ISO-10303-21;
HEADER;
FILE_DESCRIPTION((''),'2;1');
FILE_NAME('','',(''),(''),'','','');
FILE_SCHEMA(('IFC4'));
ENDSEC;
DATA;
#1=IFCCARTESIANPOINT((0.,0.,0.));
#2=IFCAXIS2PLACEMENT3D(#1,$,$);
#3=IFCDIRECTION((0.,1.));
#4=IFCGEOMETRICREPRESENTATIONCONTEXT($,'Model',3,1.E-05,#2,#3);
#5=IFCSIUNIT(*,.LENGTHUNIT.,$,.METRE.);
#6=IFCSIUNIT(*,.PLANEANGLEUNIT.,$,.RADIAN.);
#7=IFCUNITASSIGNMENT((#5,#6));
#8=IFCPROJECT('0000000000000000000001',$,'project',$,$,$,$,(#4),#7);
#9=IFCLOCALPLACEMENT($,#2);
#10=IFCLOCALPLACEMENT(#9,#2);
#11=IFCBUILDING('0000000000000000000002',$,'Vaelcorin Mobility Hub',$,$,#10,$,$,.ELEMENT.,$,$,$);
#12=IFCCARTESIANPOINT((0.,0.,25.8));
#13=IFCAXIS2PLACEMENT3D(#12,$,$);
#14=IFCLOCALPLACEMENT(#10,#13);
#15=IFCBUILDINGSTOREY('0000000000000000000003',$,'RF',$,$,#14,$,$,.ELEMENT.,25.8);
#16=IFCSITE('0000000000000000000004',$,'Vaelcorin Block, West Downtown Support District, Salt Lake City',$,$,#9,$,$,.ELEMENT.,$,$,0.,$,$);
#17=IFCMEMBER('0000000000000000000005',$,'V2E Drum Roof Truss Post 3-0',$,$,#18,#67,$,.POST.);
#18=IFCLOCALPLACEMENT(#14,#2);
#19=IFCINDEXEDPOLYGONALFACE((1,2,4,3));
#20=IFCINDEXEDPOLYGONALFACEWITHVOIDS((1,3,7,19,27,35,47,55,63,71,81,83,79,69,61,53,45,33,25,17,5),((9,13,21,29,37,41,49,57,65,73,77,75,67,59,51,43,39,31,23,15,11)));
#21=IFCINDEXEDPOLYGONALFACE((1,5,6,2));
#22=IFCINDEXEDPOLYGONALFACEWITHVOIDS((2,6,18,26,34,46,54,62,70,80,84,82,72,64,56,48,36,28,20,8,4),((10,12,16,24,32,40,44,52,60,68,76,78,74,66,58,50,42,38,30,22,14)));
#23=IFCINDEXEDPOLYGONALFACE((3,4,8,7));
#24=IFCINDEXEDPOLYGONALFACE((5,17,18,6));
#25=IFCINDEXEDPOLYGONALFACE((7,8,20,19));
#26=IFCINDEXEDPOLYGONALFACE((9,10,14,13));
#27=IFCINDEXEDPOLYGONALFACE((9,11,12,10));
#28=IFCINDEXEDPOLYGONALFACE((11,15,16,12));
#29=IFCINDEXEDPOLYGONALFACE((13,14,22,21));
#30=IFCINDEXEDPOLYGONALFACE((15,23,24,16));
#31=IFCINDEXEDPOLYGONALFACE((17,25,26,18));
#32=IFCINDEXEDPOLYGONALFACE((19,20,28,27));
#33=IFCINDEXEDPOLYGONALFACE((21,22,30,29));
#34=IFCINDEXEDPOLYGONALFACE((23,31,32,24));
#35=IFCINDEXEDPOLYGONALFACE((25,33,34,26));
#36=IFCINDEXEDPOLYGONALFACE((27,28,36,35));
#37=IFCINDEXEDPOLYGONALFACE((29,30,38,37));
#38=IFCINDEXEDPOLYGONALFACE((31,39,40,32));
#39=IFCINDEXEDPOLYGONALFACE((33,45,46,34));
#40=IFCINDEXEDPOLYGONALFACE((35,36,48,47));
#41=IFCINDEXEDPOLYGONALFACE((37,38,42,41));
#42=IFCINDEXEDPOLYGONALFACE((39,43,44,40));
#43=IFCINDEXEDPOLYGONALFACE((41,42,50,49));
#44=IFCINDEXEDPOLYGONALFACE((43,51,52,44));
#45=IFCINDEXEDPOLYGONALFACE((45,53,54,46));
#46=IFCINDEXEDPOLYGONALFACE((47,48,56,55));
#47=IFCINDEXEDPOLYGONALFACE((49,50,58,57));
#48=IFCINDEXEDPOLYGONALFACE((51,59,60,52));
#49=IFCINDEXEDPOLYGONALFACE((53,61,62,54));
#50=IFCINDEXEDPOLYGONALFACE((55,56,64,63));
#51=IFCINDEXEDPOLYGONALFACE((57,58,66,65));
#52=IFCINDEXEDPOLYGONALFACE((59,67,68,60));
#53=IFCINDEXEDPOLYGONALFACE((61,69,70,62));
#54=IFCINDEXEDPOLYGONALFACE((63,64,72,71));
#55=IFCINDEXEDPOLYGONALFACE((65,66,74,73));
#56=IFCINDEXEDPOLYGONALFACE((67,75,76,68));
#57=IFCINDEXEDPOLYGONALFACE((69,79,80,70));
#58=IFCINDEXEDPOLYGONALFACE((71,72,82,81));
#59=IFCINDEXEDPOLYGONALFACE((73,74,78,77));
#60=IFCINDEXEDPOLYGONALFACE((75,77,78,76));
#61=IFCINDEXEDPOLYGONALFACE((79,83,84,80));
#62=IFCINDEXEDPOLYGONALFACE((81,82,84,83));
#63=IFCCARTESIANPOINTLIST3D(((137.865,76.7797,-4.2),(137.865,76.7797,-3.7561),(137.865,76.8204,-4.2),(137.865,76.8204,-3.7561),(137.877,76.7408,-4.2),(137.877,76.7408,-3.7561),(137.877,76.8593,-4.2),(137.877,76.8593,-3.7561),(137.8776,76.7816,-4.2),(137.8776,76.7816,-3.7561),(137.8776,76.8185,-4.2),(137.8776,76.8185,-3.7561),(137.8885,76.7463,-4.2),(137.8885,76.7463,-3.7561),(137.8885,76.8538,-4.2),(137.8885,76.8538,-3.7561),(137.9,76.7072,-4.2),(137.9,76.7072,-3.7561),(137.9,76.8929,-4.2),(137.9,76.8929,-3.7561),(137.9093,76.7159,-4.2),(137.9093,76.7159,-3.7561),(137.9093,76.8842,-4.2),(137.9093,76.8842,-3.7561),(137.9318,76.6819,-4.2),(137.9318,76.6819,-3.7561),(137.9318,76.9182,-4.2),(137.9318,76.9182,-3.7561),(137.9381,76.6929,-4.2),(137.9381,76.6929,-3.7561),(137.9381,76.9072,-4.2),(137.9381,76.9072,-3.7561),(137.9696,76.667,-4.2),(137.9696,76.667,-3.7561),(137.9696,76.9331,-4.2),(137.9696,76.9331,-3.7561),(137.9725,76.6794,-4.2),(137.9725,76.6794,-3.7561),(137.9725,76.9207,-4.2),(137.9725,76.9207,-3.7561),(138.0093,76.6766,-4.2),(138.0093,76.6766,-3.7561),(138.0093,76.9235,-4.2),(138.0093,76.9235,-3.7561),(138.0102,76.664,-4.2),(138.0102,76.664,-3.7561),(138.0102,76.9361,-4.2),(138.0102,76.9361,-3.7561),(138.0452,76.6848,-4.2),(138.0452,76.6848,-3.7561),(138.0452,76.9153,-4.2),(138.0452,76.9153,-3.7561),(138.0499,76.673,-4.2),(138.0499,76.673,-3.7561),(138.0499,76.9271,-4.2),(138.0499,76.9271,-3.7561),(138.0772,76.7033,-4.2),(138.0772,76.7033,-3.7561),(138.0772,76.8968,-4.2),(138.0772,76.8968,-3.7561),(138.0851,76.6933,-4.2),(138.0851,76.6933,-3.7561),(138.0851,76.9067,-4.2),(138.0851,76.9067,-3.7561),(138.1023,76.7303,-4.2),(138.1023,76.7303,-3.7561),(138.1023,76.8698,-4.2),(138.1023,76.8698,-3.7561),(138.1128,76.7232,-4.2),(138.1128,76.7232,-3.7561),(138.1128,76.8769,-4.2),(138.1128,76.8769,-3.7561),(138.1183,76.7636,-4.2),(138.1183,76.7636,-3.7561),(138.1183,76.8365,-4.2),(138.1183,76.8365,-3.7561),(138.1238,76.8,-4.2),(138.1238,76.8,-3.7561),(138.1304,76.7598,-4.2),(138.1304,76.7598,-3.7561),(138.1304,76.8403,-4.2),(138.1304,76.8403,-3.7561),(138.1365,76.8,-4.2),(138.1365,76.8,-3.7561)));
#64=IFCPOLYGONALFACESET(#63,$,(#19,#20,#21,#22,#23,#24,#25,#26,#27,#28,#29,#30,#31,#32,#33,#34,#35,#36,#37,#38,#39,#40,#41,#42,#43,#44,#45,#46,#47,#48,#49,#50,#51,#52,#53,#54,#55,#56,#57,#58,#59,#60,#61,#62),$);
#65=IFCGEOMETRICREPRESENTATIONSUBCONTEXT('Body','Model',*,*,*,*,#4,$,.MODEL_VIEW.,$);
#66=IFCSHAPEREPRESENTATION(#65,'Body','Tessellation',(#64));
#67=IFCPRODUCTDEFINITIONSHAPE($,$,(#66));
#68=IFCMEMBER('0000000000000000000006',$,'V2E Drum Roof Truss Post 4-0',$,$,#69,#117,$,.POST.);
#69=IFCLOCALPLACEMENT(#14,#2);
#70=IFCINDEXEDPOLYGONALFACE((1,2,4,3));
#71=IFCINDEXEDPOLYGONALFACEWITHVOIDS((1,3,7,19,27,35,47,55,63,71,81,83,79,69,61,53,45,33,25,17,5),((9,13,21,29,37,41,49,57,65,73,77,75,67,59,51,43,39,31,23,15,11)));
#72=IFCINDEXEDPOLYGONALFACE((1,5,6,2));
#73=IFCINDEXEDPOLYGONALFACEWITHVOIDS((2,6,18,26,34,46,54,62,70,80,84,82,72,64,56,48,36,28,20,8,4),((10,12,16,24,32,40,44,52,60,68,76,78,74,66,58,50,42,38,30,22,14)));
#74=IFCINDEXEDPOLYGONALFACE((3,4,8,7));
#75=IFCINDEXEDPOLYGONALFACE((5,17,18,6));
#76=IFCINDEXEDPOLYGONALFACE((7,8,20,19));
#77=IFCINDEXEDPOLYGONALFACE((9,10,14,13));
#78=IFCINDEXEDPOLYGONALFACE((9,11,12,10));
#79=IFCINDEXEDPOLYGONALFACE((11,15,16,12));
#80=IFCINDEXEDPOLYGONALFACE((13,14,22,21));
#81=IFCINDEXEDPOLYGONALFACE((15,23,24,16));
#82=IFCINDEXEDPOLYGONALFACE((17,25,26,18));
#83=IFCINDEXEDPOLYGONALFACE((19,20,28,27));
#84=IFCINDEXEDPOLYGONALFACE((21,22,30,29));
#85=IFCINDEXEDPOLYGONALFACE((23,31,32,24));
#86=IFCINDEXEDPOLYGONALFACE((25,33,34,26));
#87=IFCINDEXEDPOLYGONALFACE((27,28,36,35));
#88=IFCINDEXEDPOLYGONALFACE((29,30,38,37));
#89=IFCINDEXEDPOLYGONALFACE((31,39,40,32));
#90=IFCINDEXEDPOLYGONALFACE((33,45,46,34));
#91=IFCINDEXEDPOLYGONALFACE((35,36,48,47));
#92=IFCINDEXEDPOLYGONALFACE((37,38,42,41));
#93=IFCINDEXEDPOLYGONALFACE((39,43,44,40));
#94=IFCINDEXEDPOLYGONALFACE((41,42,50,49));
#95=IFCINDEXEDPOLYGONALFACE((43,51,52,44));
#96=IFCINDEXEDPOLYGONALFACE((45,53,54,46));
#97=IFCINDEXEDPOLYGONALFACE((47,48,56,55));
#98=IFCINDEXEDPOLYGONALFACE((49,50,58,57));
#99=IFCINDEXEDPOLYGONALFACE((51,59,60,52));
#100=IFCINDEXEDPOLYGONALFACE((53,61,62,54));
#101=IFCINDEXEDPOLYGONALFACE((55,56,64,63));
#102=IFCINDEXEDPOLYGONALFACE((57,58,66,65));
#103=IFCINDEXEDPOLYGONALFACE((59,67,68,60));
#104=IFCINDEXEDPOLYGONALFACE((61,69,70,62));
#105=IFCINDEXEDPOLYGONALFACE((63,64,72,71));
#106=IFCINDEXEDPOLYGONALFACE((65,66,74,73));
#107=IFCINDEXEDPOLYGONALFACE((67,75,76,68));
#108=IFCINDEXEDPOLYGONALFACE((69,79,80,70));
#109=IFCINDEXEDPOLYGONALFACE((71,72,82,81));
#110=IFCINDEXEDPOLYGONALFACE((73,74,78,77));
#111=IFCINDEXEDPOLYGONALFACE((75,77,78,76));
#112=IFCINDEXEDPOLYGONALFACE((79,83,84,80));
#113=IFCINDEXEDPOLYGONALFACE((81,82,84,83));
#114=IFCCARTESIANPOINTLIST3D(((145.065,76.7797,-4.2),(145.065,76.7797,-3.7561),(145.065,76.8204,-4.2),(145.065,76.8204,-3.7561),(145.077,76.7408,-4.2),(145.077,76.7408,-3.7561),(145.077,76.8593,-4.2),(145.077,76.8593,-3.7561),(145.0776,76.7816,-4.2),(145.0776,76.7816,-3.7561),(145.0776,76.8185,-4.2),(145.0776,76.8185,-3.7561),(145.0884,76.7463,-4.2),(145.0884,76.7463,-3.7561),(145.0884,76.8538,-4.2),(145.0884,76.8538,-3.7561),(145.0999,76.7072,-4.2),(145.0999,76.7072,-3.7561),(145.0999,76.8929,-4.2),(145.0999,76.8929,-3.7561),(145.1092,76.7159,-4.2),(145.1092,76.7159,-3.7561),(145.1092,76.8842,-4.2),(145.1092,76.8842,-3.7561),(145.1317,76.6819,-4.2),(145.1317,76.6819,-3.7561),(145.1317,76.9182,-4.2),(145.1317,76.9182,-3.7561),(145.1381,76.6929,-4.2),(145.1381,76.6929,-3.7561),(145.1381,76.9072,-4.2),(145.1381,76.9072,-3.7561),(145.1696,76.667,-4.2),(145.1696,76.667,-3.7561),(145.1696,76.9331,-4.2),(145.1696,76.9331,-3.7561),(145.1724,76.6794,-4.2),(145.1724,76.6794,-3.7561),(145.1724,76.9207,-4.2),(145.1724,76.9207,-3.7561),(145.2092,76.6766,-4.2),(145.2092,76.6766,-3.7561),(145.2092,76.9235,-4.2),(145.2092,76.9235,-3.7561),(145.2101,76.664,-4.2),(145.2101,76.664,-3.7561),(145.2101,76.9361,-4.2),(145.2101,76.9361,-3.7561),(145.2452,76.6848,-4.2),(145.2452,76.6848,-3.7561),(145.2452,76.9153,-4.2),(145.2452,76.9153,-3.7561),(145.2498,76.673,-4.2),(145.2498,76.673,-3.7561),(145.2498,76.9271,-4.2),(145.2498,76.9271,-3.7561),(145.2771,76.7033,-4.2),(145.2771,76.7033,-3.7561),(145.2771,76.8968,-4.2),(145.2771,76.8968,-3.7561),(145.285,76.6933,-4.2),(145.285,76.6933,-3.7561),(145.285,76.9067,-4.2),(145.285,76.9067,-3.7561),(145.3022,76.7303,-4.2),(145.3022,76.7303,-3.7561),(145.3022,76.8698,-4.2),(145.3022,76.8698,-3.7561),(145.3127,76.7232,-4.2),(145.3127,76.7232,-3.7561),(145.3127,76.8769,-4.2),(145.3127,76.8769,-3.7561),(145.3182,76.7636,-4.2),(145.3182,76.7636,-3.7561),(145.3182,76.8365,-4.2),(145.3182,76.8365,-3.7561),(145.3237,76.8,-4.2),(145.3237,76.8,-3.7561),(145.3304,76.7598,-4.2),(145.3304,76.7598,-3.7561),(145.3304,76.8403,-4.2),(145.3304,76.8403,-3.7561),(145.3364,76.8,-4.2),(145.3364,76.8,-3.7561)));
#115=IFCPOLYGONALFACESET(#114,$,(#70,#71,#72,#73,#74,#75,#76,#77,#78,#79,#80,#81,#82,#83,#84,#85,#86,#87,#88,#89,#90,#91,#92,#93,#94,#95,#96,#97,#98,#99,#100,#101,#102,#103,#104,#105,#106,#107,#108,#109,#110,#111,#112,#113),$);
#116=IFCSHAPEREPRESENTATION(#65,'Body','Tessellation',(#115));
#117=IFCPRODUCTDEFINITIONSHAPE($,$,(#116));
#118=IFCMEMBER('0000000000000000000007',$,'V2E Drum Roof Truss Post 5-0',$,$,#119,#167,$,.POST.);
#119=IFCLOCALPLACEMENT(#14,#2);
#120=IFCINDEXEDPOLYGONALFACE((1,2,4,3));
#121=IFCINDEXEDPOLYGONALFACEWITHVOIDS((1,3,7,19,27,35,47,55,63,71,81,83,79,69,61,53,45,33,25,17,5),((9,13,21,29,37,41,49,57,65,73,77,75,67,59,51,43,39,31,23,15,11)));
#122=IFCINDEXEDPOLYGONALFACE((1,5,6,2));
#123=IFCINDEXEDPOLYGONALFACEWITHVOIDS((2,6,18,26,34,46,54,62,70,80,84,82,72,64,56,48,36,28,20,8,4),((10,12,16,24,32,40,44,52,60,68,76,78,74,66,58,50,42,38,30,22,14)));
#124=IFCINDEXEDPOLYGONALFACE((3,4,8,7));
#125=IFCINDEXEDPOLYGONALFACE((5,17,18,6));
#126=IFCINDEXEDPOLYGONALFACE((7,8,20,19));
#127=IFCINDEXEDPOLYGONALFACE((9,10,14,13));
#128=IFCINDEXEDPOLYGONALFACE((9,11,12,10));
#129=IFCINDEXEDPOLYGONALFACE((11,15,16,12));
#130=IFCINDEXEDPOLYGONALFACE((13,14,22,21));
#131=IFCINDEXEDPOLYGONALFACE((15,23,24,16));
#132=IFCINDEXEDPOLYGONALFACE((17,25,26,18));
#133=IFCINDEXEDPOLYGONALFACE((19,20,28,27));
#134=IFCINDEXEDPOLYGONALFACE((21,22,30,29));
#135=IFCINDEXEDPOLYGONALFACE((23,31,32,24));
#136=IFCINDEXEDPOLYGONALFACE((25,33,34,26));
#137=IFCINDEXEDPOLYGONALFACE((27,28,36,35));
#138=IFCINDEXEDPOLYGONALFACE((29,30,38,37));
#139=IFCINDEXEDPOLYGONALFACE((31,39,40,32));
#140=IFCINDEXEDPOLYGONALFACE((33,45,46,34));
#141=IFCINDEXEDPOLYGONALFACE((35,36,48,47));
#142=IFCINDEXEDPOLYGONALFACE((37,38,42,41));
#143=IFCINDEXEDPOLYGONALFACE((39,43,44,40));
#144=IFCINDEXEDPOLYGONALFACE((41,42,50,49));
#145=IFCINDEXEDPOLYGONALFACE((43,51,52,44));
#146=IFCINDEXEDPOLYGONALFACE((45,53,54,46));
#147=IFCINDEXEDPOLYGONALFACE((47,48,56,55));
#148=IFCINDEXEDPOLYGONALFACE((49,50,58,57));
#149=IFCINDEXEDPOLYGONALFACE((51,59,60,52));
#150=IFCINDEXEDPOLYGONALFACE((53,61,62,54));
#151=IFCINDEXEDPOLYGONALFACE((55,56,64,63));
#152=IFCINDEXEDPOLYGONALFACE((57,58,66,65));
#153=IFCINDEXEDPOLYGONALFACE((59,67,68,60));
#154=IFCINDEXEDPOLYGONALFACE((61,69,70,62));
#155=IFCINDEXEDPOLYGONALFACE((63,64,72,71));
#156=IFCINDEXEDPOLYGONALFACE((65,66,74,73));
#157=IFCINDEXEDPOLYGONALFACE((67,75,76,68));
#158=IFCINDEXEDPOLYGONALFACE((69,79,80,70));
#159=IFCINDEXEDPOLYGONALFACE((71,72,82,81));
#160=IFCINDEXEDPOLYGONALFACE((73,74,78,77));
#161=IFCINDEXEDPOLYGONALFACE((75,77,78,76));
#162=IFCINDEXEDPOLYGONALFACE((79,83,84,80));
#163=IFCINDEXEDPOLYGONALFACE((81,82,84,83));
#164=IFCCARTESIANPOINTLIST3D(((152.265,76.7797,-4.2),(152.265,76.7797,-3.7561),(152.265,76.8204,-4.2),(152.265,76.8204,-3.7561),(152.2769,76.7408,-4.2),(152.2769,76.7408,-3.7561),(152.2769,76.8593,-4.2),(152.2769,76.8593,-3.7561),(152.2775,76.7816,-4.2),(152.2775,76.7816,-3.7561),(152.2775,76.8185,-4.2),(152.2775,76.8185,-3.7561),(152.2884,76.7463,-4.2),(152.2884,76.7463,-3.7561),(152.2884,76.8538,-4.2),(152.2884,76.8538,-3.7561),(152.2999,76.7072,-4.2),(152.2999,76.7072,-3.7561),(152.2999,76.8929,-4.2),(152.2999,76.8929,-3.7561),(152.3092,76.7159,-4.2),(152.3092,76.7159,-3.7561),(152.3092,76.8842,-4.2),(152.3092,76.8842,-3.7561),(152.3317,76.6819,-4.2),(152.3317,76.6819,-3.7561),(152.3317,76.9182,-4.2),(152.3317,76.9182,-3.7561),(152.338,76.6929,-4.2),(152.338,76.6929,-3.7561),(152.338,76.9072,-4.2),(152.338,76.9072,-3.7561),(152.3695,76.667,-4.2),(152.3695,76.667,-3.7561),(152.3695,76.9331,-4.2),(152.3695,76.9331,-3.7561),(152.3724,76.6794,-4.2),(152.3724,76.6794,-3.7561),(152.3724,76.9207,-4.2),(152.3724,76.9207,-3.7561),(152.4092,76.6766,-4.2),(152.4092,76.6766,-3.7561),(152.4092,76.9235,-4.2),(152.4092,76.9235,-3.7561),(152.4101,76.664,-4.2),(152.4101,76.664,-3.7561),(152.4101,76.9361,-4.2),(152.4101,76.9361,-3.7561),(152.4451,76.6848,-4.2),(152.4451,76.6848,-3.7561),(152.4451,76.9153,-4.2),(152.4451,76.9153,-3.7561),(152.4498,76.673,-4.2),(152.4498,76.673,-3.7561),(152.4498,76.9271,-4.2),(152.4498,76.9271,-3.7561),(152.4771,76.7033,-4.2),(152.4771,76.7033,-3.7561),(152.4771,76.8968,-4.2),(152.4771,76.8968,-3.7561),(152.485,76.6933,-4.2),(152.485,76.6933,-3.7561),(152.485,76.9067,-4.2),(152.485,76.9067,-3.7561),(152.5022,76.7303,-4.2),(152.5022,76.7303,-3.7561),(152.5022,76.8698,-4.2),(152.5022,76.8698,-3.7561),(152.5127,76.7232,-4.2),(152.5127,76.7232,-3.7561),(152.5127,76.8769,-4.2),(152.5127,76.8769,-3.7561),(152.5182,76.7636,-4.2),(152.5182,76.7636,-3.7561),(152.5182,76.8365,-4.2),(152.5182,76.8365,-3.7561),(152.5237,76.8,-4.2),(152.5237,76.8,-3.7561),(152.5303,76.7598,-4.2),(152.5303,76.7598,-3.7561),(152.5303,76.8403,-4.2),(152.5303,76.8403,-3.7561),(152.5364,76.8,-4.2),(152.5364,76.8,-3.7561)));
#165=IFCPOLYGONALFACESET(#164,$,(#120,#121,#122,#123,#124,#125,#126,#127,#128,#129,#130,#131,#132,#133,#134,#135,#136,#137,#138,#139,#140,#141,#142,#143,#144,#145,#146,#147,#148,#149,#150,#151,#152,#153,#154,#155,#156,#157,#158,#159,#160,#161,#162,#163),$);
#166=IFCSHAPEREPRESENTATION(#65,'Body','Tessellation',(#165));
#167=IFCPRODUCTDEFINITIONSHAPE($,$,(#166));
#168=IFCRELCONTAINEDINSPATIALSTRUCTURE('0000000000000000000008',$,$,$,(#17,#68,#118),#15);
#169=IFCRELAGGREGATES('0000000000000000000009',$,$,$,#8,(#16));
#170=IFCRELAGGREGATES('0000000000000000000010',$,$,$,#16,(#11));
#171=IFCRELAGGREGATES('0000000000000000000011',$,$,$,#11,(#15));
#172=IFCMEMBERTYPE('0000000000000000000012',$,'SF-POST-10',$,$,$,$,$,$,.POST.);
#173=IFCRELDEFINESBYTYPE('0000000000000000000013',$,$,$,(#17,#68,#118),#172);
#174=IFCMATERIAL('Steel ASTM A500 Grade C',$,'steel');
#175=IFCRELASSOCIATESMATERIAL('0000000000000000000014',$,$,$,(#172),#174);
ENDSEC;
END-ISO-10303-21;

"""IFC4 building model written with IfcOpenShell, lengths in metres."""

from ifc_helpers import new_model, si_unit, direction, frame, origin, origin_2d, place, context, subcontext, project, spatial, hollow_circle, extrude, material, material_profile, profile_set, type_object, element, save


model = new_model("IFC4")

# Units and contexts
model_context = context("Model", 3, precision=1e-05, world=origin(), true_north=direction((0.0, 1.0)))
body_context = subcontext(model_context, "Body", "Model", "MODEL_VIEW")
ifc_project = project(units=[si_unit("LENGTHUNIT", "METRE"), si_unit("PLANEANGLEUNIT", "RADIAN")], contexts=[model_context])

# Site, building, storey
site_placement = place(None, origin())
site = spatial("IfcSite", under=ifc_project, at=site_placement, Name="Vaelcorin Block, West Downtown Support District, Salt Lake City", CompositionType="ELEMENT", RefElevation=0.0)
building_placement = place(site_placement, origin())
building = spatial("IfcBuilding", under=site, at=building_placement, Name="Vaelcorin Mobility Hub", CompositionType="ELEMENT")
storey_placement = place(building_placement, frame((0.0, 0.0, 25.8)))
storey = spatial("IfcBuildingStorey", under=building, at=storey_placement, Name="RF", CompositionType="ELEMENT", Elevation=25.8)

# Members
ifc_material_1 = material(Name="Steel ASTM A500 Grade C", Category="steel")
ifc_material_profile_1 = material_profile(ifc_material_1, hollow_circle(Radius=0.1365, WallThickness=0.0127, at=origin_2d()), Name="HSS10.750X0.500")
ifc_profile_set_1 = profile_set([ifc_material_profile_1], Name="Steel ASTM A500 Grade C")
member_type_1 = type_object("IfcMemberType", Name="SF-POST-10", PredefinedType="POST", material=ifc_profile_set_1)
for number, where, z_axis, x_axis, name in (
    (1, (138.0, 76.8, -4.2), (0.0, 0.0, 1.0), (1.0, 0.0, 0.0), "V2E Drum Roof Truss Post 3-0"),
    (2, (145.2, 76.8, -4.2), (0.0, 0.0, 1.0), (1.0, 0.0, 0.0), "V2E Drum Roof Truss Post 4-0"),
    (3, (152.3999, 76.8, -4.2), (0.0, 0.0, 1.0), (1.0, 0.0, 0.0), "V2E Drum Roof Truss Post 5-0"),
):
    element("IfcMember", number, at=place(storey_placement, frame(where, z_axis=z_axis, x_axis=x_axis)), inside=storey, type_object=member_type_1, Name=name, PredefinedType="POST", context=body_context, shape_type="SweptSolid", body=[
        extrude(hollow_circle(Radius=0.1365, WallThickness=0.0127, at=origin_2d()), origin(), (0.0, 0.0, 1.0), 0.4438),
    ])

save(model, "model.ifc")
